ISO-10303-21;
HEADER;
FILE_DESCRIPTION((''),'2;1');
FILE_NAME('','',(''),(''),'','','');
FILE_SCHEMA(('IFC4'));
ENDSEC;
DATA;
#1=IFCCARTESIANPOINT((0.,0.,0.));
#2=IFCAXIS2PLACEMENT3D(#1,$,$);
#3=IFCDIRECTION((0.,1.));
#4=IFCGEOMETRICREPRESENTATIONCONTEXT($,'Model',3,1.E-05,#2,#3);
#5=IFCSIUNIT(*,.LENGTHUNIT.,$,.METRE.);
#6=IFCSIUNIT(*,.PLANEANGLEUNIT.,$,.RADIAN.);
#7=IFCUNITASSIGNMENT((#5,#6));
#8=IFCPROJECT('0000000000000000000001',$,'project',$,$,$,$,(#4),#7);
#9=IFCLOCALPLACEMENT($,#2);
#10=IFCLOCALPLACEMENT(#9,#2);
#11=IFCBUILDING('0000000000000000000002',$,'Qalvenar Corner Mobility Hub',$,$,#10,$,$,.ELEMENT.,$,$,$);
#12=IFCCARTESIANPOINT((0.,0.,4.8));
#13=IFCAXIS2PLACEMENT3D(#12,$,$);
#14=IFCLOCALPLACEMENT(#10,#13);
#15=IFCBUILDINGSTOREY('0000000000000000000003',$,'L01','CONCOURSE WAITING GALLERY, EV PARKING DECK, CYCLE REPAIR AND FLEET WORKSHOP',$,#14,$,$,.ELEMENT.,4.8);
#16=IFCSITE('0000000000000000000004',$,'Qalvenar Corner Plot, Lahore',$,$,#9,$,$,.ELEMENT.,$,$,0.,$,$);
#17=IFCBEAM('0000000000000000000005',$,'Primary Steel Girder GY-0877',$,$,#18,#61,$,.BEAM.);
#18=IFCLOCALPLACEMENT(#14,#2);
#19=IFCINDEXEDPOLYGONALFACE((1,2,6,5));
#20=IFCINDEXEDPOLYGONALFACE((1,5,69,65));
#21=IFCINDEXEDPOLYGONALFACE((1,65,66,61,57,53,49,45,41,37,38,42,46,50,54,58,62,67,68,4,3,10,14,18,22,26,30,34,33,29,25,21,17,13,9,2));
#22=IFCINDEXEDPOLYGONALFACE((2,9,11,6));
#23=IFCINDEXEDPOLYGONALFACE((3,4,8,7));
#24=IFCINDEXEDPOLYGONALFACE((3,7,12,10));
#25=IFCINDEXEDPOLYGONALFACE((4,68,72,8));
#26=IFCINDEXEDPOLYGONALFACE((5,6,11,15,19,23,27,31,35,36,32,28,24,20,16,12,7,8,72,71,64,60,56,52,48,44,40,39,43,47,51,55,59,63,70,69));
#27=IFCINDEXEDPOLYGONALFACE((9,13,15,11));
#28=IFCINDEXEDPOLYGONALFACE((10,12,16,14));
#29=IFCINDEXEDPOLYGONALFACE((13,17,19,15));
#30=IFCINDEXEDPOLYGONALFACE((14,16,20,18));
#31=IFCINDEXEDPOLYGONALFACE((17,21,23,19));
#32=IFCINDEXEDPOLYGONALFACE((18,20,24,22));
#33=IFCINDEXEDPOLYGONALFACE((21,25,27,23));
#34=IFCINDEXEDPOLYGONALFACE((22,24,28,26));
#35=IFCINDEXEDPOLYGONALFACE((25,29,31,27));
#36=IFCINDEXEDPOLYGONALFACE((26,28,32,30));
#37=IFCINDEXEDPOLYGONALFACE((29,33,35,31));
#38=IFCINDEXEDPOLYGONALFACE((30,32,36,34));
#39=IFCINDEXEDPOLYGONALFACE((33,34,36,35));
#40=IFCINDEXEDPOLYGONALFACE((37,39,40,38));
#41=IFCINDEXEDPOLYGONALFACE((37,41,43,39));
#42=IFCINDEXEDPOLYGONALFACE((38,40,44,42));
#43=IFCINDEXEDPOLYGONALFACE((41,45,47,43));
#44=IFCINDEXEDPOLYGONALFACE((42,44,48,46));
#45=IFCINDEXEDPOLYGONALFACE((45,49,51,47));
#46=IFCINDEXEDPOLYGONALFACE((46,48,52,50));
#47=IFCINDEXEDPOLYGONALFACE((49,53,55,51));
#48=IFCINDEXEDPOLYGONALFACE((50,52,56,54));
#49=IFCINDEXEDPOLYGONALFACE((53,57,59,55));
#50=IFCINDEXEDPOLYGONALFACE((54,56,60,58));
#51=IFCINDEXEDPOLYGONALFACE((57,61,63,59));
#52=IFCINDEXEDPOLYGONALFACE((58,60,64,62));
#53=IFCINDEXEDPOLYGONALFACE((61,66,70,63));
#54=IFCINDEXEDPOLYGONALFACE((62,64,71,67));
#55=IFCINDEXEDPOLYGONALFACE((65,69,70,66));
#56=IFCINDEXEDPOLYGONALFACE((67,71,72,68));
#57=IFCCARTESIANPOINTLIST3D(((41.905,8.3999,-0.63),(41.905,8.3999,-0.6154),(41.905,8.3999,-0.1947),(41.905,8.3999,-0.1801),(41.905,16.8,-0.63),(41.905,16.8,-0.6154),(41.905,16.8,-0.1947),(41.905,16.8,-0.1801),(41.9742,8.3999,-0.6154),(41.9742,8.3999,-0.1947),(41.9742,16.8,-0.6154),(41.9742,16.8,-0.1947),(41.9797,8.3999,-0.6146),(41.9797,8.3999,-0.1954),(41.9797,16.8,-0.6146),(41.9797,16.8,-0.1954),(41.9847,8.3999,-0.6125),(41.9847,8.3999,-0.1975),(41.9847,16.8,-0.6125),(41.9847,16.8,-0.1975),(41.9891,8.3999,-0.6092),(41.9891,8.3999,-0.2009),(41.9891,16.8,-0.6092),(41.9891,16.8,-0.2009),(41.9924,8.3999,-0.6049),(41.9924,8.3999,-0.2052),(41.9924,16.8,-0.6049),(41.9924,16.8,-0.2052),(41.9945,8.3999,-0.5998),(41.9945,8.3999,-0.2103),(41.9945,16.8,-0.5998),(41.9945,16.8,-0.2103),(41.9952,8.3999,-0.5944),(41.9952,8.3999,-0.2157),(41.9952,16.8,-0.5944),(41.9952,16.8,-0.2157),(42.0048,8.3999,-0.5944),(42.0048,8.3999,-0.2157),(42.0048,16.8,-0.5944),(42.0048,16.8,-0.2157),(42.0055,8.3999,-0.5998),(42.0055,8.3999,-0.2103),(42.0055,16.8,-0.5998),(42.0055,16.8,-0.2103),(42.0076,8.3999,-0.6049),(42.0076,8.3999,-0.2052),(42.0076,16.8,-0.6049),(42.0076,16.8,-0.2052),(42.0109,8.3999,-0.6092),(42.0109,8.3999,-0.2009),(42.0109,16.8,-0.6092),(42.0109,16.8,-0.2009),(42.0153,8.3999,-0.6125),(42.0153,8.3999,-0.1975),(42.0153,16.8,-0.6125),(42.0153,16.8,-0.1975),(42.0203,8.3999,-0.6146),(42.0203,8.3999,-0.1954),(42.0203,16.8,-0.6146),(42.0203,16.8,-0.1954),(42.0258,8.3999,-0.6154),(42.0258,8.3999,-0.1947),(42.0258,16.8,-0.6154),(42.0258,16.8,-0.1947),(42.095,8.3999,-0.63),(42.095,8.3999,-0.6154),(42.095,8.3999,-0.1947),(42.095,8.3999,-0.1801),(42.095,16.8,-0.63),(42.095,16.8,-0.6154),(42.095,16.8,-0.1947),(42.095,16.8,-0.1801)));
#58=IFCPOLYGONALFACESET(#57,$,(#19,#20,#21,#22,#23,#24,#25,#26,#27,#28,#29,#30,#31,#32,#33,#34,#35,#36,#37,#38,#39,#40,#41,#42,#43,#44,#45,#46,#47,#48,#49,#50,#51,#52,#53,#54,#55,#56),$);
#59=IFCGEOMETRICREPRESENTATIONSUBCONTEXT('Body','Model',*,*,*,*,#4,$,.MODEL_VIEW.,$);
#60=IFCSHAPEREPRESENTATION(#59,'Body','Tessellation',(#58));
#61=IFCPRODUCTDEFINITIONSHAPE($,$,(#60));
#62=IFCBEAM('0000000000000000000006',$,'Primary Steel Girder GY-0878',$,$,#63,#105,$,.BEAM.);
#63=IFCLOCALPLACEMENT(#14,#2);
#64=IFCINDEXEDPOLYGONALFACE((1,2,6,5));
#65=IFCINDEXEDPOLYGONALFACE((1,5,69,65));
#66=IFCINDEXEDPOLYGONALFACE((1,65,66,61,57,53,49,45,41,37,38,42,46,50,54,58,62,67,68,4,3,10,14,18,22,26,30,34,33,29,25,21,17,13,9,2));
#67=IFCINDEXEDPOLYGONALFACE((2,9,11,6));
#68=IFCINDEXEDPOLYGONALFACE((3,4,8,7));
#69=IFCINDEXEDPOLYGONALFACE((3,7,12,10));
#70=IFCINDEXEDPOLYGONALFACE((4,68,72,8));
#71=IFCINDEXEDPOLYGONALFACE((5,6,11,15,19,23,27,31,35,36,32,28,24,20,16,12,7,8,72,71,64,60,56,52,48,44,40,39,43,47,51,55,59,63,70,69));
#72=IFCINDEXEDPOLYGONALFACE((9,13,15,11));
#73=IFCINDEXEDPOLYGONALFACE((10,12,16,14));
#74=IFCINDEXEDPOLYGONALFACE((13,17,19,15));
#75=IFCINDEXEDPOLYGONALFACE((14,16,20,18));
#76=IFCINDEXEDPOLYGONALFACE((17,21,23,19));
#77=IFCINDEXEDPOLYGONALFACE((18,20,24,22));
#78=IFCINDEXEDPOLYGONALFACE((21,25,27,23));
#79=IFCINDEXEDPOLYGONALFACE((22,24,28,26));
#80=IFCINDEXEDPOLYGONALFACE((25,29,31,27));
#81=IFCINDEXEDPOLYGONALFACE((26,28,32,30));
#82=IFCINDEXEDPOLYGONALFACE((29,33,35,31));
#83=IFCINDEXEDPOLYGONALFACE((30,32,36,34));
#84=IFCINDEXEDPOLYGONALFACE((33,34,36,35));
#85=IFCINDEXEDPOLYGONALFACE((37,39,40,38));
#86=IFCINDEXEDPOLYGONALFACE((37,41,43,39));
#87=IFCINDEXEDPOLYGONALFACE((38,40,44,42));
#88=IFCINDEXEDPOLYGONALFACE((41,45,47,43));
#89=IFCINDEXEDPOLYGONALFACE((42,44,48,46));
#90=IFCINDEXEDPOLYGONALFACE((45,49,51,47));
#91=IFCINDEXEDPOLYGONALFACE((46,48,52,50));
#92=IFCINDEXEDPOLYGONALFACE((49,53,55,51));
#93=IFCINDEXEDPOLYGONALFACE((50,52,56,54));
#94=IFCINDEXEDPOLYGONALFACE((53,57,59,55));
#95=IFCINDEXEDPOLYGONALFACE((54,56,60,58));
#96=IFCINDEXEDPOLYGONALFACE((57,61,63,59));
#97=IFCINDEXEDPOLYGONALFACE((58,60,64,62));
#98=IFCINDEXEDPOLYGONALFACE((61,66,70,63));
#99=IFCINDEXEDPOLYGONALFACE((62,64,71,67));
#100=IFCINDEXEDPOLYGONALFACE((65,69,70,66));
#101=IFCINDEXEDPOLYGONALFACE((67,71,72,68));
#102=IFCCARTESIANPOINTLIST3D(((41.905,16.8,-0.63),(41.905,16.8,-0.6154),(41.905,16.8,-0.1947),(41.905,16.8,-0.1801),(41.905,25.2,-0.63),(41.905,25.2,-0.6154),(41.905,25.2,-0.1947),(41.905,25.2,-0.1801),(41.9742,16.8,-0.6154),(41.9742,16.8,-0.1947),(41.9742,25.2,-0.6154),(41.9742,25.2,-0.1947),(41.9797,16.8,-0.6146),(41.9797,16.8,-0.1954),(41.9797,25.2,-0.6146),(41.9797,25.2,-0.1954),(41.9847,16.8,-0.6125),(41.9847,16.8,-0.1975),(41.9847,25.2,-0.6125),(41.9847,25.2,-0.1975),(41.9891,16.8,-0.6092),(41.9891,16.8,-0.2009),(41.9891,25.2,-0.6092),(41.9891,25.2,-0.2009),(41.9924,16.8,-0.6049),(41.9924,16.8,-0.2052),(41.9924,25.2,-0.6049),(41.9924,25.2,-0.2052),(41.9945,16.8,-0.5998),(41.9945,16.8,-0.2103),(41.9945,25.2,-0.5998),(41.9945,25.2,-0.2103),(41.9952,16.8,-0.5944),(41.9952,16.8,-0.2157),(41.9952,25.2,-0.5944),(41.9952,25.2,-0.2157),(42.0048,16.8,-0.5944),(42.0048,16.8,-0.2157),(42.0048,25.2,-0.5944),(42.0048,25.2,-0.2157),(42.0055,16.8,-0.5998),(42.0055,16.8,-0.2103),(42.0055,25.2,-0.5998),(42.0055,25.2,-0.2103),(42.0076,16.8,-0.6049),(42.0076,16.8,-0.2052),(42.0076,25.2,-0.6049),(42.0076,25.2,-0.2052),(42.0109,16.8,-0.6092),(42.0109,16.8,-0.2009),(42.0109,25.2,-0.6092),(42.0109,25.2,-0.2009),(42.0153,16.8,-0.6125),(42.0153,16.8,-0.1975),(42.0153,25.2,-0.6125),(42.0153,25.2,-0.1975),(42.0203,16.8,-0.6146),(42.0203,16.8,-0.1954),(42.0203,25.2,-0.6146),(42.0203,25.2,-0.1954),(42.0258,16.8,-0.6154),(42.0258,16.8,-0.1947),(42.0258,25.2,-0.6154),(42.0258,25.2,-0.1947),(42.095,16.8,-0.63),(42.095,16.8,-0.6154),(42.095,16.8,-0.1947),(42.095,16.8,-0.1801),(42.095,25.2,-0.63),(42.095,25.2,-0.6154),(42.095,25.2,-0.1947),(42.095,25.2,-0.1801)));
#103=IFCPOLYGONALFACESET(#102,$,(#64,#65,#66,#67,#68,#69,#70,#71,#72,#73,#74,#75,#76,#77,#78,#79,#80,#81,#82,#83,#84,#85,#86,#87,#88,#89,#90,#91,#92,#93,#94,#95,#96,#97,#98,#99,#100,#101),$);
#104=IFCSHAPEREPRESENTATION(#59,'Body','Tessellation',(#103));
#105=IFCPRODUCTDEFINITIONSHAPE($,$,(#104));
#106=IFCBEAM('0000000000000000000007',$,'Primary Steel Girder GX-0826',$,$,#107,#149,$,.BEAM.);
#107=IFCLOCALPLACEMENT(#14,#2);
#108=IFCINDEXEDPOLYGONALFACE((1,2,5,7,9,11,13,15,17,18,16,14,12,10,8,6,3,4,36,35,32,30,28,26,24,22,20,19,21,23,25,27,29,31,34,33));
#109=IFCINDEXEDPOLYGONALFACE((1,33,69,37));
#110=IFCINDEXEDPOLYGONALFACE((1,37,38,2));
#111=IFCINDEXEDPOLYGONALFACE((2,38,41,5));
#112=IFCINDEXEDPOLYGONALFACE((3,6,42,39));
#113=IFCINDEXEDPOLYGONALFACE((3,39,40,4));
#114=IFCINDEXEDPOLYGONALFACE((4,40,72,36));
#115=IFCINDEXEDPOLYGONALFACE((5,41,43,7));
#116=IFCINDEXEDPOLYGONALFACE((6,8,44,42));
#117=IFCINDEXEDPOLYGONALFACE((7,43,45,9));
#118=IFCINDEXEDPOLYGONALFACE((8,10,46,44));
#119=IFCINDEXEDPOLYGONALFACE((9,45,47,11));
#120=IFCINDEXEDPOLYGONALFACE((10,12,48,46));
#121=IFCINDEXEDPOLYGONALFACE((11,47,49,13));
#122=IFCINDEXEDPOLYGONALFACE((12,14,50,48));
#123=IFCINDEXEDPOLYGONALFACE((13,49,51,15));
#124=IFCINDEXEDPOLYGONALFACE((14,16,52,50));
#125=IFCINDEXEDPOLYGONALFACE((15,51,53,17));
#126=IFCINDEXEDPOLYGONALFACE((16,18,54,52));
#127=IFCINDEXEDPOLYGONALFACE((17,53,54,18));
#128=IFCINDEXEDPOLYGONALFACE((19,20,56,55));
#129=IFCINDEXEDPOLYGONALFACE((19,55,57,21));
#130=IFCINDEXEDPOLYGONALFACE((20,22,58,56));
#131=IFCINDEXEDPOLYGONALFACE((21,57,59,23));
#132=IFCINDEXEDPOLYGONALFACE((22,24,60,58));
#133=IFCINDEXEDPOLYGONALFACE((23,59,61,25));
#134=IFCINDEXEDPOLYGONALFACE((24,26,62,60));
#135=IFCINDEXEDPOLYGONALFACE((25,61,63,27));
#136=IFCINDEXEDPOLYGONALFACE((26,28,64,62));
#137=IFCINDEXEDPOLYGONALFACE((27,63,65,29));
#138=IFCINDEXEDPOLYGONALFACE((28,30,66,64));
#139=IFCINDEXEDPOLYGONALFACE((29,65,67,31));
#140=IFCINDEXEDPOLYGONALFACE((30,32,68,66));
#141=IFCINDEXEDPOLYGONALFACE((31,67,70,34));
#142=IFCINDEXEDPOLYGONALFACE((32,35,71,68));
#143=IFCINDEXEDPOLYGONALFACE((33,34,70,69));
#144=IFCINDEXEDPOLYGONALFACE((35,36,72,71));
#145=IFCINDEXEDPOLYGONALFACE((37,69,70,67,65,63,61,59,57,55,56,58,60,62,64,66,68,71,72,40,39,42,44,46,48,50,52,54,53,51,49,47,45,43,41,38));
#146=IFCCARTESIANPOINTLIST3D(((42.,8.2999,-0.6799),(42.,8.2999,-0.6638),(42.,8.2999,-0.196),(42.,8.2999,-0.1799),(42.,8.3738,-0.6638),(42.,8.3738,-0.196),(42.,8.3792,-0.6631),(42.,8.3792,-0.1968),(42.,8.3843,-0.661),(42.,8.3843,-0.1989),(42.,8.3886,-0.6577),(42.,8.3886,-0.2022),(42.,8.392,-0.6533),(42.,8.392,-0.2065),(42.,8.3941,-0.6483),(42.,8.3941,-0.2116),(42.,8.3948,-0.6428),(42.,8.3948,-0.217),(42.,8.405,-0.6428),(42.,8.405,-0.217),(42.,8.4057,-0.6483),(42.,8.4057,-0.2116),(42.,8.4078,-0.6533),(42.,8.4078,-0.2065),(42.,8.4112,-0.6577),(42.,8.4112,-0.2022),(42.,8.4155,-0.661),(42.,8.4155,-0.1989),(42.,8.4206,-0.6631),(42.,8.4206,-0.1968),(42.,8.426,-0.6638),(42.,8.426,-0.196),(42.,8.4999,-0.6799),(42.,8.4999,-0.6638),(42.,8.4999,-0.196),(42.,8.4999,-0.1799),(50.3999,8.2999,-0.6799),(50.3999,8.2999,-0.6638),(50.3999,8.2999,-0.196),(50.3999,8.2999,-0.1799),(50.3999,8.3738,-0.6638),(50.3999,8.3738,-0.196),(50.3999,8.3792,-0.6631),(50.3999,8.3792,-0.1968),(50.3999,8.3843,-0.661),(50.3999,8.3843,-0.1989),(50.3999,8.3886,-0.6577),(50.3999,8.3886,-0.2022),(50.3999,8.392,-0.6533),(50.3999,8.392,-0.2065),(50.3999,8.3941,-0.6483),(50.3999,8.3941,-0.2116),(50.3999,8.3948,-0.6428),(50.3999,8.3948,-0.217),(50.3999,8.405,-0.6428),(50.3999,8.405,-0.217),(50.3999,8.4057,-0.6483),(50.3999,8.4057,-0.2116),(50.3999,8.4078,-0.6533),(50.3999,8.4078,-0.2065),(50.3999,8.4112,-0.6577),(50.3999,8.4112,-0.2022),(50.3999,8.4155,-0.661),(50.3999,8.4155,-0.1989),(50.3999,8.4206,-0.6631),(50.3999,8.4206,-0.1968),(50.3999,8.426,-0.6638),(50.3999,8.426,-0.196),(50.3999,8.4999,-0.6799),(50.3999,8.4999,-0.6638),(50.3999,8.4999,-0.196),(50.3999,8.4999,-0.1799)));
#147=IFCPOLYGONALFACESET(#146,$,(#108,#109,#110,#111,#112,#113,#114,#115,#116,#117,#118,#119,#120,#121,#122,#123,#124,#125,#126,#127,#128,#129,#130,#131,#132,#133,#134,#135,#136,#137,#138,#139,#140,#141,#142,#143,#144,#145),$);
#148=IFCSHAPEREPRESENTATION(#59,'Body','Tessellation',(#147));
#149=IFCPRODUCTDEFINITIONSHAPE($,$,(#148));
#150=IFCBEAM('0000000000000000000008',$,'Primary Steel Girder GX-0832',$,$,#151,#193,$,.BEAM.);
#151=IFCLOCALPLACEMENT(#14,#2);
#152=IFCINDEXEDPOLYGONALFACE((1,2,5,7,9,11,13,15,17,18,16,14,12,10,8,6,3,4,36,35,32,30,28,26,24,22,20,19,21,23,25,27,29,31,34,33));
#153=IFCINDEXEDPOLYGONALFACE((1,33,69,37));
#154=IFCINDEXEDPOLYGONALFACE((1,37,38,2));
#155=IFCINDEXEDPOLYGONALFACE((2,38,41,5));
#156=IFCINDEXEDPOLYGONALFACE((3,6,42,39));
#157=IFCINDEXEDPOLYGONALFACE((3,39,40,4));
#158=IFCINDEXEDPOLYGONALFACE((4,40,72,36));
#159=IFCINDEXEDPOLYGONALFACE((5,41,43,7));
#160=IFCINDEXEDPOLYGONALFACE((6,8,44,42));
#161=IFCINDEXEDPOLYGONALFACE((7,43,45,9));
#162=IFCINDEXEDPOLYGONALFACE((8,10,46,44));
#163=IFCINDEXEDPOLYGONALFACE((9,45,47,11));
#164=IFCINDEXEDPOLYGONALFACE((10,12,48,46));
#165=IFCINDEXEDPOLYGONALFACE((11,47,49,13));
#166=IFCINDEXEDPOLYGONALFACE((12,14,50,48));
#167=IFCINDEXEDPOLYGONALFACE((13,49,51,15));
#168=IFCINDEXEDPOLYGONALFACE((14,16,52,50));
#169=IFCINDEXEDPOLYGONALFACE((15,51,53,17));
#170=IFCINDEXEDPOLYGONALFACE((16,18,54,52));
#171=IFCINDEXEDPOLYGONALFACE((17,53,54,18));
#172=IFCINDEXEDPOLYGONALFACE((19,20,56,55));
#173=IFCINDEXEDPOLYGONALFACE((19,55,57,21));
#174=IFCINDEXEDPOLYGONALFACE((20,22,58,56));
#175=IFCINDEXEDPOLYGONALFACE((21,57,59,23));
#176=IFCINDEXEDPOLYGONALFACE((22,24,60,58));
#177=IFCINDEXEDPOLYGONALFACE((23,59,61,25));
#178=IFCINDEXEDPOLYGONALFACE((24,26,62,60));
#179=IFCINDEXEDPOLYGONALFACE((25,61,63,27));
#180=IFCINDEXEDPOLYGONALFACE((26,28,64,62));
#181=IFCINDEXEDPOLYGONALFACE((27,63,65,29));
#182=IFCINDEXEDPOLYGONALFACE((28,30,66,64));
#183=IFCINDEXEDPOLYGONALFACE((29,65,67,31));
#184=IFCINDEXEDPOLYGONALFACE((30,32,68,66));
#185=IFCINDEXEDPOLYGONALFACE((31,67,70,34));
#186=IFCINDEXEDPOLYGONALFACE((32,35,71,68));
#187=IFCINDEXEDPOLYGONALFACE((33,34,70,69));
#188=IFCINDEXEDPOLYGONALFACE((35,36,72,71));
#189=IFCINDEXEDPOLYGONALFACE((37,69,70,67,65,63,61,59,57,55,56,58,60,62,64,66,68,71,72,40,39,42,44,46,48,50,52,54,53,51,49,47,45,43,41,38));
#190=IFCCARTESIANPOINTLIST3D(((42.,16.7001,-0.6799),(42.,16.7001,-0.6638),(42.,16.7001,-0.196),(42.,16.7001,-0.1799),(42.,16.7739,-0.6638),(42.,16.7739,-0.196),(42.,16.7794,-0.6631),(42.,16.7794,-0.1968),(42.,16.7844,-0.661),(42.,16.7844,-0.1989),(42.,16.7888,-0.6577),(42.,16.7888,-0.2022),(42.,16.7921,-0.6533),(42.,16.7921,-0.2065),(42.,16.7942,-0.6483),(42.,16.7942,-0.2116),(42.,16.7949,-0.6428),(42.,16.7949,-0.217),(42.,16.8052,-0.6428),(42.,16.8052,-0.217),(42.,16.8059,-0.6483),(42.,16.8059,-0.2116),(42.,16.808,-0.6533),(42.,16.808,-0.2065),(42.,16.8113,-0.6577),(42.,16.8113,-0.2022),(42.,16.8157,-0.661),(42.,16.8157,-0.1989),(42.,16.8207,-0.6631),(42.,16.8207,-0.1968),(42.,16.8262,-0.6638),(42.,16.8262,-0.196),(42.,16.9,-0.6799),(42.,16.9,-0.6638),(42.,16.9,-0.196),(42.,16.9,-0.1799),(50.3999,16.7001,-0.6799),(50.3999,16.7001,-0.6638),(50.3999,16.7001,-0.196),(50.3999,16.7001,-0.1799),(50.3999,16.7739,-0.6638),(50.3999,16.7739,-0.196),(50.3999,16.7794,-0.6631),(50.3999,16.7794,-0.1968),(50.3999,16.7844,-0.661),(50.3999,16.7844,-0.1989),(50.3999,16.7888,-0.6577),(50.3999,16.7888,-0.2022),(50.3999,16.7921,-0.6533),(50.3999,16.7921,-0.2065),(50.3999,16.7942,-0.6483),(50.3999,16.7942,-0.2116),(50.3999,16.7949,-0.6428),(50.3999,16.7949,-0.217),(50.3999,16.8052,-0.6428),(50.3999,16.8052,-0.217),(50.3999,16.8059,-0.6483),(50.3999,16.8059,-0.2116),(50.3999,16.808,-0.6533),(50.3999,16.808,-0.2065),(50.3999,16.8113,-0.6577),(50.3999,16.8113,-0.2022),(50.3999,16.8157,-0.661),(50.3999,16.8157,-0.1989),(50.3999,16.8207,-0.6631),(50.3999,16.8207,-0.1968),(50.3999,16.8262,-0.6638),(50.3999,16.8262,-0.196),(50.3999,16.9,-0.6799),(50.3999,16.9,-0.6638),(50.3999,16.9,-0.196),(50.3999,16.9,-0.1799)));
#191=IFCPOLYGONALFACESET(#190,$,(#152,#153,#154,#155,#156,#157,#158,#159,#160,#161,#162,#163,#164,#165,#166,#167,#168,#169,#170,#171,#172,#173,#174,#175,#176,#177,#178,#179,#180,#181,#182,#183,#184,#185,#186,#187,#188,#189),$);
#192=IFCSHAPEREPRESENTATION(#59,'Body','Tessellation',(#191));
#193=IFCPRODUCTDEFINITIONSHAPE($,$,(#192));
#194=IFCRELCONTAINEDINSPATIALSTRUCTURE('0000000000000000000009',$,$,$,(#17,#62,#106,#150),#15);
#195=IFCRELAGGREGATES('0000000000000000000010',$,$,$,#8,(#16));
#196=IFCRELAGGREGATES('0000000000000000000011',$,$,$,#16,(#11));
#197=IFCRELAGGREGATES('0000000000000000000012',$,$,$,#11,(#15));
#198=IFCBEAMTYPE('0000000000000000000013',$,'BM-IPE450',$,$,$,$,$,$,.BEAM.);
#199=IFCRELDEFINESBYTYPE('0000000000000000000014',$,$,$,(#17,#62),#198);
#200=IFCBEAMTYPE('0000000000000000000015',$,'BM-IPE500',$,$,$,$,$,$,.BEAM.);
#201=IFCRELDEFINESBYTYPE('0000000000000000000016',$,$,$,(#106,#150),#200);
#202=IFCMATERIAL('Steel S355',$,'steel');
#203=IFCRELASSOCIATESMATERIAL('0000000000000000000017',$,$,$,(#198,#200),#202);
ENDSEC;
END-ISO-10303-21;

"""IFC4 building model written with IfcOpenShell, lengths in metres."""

from ifc_helpers import new_model, si_unit, direction, frame, origin, origin_2d, place, context, subcontext, project, spatial, i_section, extrude, material, material_profile, profile_set, type_object, element, save


model = new_model("IFC4")

# Units and contexts
model_context = context("Model", 3, precision=1e-05, world=origin(), true_north=direction((0.0, 1.0)))
body_context = subcontext(model_context, "Body", "Model", "MODEL_VIEW")
ifc_project = project(units=[si_unit("LENGTHUNIT", "METRE"), si_unit("PLANEANGLEUNIT", "RADIAN")], contexts=[model_context])

# Site, building, storey
site_placement = place(None, origin())
site = spatial("IfcSite", under=ifc_project, at=site_placement, Name="Qalvenar Corner Plot, Lahore", CompositionType="ELEMENT", RefElevation=0.0)
building_placement = place(site_placement, origin())
building = spatial("IfcBuilding", under=site, at=building_placement, Name="Qalvenar Corner Mobility Hub", CompositionType="ELEMENT")
storey_placement = place(building_placement, frame((0.0, 0.0, 4.8)))
storey = spatial("IfcBuildingStorey", under=building, at=storey_placement, Name="L01", Description="CONCOURSE WAITING GALLERY, EV PARKING DECK, CYCLE REPAIR AND FLEET WORKSHOP", CompositionType="ELEMENT", Elevation=4.8)

# Shared definitions
ifc_material_1 = material(Name="Steel S355", Category="steel")

# Beams
ifc_material_profile_1 = material_profile(ifc_material_1, i_section(OverallWidth=0.1899, OverallDepth=0.45, WebThickness=0.0095, FlangeThickness=0.0146, FilletRadius=0.021, at=origin_2d()), Name="IPE450")
ifc_profile_set_1 = profile_set([ifc_material_profile_1], Name="Steel S355")
beam_type_1 = type_object("IfcBeamType", Name="BM-IPE450", PredefinedType="BEAM", material=ifc_profile_set_1)
beam_1_placement = place(storey_placement, frame((42.0, 8.3999, -0.405), z_axis=(0.0, 1.0, 0.0), x_axis=(-1.0, 0.0, 0.0)))
element("IfcBeam", 1, at=beam_1_placement, inside=storey, type_object=beam_type_1, Name="Primary Steel Girder GY-0877", PredefinedType="BEAM", context=body_context, shape_type="SweptSolid", body=[
    extrude(i_section(OverallWidth=0.1899, OverallDepth=0.45, WebThickness=0.0095, FlangeThickness=0.0146, FilletRadius=0.021, at=origin_2d()), origin(), (0.0, 0.0, 1.0), 8.4001),
])
beam_2_placement = place(storey_placement, frame((42.0, 16.8, -0.405), z_axis=(0.0, 1.0, 0.0), x_axis=(-1.0, 0.0, 0.0)))
element("IfcBeam", 2, at=beam_2_placement, inside=storey, type_object=beam_type_1, Name="Primary Steel Girder GY-0878", PredefinedType="BEAM", context=body_context, shape_type="SweptSolid", body=[
    extrude(i_section(OverallWidth=0.1899, OverallDepth=0.45, WebThickness=0.0095, FlangeThickness=0.0146, FilletRadius=0.021, at=origin_2d()), origin(), (0.0, 0.0, 1.0), 8.3999),
])
ifc_material_profile_2 = material_profile(ifc_material_1, i_section(OverallWidth=0.2, OverallDepth=0.5, WebThickness=0.0103, FlangeThickness=0.0161, FilletRadius=0.021, at=origin_2d()), Name="IPE500")
ifc_profile_set_2 = profile_set([ifc_material_profile_2], Name="Steel S355")
beam_type_2 = type_object("IfcBeamType", Name="BM-IPE500", PredefinedType="BEAM", material=ifc_profile_set_2)
for number, where, z_axis, x_axis, name in (
    (3, (42.0, 8.3999, -0.4299), (1.0, 0.0, 0.0), (0.0, 1.0, 0.0), "Primary Steel Girder GX-0826"),
    (4, (42.0, 16.8, -0.4299), (1.0, 0.0, 0.0), (0.0, 1.0, 0.0), "Primary Steel Girder GX-0832"),
):
    element("IfcBeam", number, at=place(storey_placement, frame(where, z_axis=z_axis, x_axis=x_axis)), inside=storey, type_object=beam_type_2, Name=name, PredefinedType="BEAM", context=body_context, shape_type="SweptSolid", body=[
        extrude(i_section(OverallWidth=0.2, OverallDepth=0.5, WebThickness=0.0103, FlangeThickness=0.0161, FilletRadius=0.021, at=origin_2d()), origin(), (0.0, 0.0, 1.0), 8.3999),
    ])

save(model, "model.ifc")
